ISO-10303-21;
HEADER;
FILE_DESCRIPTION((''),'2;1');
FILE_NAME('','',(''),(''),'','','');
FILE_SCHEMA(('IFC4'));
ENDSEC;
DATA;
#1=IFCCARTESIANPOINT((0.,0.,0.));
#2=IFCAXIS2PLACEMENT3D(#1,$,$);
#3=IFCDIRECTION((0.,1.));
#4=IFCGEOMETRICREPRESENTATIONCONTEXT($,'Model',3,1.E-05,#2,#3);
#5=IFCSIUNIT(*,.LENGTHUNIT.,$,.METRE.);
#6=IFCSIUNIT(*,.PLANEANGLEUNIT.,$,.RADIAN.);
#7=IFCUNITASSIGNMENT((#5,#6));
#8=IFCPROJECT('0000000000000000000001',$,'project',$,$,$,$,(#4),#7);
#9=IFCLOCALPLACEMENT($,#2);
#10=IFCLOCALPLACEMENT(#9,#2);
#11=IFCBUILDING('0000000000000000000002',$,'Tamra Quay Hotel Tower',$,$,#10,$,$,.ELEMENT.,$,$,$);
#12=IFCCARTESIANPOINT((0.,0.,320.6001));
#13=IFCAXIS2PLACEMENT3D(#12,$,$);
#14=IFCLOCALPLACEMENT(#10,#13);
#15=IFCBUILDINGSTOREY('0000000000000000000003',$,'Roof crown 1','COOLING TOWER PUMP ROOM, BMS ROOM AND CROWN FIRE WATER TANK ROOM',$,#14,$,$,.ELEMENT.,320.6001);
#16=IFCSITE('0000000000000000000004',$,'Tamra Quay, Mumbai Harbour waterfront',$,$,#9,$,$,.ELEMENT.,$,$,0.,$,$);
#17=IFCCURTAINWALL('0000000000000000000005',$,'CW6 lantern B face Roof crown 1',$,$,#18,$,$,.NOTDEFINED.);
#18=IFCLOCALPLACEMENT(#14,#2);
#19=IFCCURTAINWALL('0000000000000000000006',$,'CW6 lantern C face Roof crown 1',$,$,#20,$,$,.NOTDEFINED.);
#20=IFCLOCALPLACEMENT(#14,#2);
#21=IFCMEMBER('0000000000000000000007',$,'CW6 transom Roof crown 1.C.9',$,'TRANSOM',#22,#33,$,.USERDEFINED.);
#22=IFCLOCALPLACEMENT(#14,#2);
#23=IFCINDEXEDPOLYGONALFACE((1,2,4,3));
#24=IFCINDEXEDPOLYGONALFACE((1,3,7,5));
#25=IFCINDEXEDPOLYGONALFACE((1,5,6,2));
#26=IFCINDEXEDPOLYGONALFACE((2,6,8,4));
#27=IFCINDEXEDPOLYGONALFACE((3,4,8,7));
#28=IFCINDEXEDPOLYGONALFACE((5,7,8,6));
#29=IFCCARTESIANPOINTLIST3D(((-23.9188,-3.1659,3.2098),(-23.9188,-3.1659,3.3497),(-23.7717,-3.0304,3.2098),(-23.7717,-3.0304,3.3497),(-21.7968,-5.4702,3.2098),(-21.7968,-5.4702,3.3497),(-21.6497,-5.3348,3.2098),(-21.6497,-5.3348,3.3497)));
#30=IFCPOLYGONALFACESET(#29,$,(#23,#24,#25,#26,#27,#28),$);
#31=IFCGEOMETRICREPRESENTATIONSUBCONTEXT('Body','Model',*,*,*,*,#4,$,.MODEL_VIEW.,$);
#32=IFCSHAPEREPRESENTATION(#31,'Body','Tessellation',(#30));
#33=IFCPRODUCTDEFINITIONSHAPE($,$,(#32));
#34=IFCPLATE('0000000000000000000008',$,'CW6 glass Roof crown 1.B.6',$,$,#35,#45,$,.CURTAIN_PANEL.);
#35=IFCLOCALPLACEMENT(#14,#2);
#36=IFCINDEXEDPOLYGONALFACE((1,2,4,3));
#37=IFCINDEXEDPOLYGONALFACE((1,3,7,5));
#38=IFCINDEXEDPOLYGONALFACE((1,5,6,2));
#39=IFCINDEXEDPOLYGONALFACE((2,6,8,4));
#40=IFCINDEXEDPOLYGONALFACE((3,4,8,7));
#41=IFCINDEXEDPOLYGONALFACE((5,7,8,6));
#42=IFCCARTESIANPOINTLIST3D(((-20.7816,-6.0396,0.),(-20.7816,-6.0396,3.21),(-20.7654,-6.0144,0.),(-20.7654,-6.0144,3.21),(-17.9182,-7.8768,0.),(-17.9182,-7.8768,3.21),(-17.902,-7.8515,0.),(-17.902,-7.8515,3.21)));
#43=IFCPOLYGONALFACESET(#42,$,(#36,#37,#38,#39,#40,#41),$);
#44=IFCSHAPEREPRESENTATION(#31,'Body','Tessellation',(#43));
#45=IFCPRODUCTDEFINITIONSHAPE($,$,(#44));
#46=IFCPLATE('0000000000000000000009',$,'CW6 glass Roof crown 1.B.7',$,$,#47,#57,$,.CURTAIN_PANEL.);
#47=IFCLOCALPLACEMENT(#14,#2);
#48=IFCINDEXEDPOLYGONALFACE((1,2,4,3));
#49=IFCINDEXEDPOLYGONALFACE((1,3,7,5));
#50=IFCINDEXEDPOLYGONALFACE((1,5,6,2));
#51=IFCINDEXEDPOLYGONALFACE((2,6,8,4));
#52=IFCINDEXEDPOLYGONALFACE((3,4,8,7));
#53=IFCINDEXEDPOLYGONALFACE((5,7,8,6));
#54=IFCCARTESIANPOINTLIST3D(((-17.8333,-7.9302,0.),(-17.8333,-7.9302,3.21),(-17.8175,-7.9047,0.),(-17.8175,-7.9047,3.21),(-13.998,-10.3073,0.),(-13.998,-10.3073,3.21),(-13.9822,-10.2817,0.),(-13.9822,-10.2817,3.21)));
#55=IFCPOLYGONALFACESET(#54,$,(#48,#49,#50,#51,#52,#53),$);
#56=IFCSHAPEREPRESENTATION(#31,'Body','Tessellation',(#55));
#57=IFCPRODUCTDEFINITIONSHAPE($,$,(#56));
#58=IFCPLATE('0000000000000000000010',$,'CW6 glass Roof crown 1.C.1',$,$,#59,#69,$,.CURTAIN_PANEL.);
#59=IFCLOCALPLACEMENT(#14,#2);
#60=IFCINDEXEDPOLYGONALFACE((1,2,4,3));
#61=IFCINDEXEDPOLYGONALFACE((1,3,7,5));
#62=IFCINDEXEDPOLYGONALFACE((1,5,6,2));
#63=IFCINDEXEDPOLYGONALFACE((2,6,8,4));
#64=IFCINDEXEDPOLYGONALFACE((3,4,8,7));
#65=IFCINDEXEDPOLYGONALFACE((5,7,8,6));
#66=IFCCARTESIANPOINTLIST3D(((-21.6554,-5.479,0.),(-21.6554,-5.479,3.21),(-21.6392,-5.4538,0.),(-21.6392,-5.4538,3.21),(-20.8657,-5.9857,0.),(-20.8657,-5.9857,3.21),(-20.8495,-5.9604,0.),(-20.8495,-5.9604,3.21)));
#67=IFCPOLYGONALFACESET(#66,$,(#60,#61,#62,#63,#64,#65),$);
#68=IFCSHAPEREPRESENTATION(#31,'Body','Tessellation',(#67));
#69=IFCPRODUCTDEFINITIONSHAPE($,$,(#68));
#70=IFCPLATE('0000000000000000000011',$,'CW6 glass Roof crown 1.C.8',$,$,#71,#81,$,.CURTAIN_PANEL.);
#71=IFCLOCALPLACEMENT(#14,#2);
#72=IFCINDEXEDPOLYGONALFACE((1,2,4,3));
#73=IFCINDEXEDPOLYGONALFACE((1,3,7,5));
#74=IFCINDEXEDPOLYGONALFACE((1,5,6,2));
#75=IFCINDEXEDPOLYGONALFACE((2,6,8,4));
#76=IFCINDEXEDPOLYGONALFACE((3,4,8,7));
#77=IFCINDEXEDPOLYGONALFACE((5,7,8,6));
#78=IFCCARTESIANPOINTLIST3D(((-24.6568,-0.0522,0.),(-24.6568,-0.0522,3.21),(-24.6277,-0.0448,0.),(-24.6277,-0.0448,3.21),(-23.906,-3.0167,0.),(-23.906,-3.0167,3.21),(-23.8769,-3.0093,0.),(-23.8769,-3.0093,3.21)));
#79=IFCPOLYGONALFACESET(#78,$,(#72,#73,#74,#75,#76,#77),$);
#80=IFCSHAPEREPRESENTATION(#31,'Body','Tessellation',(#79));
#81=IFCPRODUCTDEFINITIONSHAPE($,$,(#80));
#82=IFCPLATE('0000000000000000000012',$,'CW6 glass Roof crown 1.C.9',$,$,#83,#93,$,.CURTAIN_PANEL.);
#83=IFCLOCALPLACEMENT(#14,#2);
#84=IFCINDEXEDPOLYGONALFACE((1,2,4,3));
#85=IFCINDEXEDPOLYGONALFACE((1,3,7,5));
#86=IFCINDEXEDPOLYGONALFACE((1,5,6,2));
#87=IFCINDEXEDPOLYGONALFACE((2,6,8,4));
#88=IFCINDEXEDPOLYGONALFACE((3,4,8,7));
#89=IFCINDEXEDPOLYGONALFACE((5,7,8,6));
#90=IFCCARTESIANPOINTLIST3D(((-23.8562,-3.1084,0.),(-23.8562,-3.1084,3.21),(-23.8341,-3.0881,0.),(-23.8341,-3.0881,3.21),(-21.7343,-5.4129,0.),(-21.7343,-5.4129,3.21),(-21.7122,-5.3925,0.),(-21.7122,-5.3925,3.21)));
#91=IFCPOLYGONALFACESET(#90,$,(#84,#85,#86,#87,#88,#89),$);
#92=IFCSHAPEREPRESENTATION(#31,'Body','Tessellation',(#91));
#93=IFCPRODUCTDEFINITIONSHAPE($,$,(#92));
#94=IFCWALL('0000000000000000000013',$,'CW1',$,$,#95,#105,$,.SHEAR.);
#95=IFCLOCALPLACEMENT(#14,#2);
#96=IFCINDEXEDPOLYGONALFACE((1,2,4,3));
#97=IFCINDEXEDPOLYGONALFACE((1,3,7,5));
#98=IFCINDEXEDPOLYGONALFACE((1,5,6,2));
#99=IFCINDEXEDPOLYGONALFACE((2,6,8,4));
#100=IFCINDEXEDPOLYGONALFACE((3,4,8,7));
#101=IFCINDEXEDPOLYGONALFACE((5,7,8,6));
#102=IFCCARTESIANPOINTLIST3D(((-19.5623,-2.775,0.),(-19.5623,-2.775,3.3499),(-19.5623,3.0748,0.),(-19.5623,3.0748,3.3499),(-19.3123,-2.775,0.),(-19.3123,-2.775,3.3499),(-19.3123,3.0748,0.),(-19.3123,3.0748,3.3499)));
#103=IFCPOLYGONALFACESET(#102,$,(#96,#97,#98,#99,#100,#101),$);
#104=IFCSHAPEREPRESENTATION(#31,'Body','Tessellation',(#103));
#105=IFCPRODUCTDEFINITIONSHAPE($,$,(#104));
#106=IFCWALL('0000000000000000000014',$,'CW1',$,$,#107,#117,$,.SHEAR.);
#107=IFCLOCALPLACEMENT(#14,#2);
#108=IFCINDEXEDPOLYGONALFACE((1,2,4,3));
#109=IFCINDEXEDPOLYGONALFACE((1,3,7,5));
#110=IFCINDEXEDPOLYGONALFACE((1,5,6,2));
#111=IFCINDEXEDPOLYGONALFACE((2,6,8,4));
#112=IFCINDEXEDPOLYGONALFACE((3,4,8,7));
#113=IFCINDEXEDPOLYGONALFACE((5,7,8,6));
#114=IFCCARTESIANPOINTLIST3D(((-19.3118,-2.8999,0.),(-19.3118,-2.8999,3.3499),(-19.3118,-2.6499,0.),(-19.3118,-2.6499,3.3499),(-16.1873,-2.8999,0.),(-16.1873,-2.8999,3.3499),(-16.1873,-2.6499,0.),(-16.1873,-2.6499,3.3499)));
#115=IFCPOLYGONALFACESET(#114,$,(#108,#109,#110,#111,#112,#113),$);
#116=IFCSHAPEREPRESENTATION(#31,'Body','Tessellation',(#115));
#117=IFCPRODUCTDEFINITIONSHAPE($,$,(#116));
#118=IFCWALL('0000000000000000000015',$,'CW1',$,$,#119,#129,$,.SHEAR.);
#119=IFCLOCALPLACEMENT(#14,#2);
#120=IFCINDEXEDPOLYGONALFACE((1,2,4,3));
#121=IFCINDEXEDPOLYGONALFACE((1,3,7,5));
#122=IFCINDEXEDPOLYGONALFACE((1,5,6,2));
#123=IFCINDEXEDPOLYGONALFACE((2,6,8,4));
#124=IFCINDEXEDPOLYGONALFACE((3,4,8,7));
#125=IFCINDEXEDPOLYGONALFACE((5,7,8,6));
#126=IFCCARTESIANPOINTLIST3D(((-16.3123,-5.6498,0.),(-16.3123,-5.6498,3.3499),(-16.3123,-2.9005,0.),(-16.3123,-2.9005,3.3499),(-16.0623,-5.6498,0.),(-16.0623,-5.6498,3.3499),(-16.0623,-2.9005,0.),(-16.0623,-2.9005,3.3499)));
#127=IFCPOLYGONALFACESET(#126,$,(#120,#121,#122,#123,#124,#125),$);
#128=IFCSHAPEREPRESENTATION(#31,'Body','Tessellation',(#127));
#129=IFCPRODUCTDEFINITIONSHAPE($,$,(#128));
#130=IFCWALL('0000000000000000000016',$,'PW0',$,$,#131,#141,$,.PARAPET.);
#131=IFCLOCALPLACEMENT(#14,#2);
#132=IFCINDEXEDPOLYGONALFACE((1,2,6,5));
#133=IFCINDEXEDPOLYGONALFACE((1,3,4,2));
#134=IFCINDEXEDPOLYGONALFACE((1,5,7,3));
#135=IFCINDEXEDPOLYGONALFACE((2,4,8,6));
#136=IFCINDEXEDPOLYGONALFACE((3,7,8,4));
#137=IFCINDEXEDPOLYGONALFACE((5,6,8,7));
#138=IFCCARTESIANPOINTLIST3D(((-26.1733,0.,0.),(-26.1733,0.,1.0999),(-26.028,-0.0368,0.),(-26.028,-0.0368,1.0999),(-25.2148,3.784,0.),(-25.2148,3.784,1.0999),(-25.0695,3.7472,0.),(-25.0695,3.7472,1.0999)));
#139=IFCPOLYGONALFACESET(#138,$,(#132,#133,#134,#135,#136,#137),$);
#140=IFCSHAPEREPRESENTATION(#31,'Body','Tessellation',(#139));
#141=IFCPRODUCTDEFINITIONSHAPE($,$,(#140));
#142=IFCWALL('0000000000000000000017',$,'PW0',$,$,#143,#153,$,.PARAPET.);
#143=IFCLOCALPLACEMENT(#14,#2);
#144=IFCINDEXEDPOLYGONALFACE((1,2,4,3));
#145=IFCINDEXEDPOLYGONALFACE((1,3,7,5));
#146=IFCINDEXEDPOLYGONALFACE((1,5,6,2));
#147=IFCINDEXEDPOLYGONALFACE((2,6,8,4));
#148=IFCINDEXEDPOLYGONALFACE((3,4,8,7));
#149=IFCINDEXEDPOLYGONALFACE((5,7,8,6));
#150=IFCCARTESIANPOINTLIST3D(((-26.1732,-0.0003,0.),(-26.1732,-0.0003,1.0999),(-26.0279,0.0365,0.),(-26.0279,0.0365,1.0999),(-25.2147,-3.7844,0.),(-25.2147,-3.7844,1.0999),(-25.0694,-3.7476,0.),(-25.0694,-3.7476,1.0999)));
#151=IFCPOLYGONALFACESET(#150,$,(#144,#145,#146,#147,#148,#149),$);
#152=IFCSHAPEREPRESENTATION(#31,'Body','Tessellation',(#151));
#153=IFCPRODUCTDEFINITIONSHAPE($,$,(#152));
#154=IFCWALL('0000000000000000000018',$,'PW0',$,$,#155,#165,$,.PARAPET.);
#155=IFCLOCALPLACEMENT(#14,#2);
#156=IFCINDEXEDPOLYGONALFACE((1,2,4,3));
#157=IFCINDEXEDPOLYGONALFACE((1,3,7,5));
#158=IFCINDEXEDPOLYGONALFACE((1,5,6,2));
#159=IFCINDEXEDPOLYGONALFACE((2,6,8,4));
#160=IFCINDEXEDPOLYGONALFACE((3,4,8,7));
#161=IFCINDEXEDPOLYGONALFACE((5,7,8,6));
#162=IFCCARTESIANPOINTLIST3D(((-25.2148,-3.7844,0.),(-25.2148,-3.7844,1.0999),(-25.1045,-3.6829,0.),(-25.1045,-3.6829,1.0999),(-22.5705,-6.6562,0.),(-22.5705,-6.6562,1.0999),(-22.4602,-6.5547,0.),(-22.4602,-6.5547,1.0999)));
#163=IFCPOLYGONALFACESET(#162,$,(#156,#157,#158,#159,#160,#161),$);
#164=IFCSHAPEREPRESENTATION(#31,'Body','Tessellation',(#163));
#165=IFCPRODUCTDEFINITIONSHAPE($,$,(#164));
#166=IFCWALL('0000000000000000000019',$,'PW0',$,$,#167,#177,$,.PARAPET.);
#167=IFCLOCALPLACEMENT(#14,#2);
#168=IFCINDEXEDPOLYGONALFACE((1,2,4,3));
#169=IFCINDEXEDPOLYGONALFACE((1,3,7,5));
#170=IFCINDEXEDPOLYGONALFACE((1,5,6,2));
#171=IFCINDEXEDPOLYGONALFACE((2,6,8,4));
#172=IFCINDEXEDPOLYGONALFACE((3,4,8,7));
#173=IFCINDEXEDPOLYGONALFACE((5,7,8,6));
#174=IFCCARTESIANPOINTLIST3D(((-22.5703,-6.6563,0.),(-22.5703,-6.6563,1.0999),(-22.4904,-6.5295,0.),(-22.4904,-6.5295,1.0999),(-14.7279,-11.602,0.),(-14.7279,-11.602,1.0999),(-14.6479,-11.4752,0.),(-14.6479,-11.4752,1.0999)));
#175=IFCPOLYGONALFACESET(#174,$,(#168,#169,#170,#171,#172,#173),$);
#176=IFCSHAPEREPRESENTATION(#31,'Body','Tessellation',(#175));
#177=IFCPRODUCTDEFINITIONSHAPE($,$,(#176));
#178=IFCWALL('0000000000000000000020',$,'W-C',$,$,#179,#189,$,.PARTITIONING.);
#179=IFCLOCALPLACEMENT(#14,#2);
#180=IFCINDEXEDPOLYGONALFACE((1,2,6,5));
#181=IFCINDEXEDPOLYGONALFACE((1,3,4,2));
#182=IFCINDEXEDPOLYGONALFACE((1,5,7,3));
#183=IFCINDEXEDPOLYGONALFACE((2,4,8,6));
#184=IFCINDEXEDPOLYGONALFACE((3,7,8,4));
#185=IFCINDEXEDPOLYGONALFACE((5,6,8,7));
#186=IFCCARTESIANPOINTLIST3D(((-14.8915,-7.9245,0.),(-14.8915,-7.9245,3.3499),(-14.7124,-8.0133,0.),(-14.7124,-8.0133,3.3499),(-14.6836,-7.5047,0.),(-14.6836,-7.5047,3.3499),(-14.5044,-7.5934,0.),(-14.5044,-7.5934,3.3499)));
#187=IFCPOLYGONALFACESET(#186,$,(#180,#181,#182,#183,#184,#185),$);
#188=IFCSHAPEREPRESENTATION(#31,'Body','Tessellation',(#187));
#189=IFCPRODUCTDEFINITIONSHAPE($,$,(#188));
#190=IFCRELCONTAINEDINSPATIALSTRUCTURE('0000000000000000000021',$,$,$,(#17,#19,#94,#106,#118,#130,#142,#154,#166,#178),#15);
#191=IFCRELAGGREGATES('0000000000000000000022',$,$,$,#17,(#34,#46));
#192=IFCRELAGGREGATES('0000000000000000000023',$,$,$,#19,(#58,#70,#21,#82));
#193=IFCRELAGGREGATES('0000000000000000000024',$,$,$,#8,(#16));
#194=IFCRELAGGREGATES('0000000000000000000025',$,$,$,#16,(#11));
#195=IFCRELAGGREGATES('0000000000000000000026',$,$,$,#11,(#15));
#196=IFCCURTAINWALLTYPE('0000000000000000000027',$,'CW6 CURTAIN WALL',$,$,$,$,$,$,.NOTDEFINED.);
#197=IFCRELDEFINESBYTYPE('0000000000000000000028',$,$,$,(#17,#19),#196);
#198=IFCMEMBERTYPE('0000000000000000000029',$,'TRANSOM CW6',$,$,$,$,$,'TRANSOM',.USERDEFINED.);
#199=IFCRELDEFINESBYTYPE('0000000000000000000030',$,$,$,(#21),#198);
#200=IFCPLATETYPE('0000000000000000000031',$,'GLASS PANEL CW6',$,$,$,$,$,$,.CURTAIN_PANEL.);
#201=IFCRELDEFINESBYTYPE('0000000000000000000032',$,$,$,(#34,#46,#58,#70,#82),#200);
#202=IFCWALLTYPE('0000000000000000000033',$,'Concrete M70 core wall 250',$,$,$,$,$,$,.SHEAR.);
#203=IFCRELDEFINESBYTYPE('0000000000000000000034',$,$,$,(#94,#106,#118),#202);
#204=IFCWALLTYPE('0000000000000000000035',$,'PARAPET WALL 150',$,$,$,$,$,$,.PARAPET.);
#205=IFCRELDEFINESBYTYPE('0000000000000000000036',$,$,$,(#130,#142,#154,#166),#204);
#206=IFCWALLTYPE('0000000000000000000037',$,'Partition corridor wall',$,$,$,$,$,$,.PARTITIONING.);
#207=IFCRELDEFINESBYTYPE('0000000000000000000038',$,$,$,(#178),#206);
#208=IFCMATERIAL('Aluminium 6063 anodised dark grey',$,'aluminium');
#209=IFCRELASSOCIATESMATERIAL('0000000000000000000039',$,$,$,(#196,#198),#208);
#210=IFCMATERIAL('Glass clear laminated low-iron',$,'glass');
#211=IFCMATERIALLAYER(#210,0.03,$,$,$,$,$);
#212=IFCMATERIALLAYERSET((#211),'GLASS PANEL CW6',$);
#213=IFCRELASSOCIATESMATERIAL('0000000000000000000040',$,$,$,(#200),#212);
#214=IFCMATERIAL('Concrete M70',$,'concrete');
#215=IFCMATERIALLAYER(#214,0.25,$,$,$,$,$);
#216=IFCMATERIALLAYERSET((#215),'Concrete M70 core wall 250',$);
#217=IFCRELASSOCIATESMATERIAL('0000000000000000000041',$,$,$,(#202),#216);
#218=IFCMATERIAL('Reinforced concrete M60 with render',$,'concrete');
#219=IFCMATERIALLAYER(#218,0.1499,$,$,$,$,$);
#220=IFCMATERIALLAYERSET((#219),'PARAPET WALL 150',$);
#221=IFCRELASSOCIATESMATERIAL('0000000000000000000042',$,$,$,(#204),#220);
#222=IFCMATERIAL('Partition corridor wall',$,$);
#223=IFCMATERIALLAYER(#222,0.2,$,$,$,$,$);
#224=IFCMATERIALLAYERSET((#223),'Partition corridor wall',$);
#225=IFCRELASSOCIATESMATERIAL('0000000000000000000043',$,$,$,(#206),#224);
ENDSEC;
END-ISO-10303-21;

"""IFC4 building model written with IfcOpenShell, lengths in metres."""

from ifc_helpers import new_model, si_unit, direction, frame, frame_2d, origin, origin_2d, place, context, subcontext, project, spatial, rectangle, extrude, material, layer, layer_set, material_profile, profile_set, type_object, element, aggregate, save


model = new_model("IFC4")

# Units and contexts
model_context = context("Model", 3, precision=1e-05, world=origin(), true_north=direction((0.0, 1.0)))
body_context = subcontext(model_context, "Body", "Model", "MODEL_VIEW")
ifc_project = project(units=[si_unit("LENGTHUNIT", "METRE"), si_unit("PLANEANGLEUNIT", "RADIAN")], contexts=[model_context])

# Site, building, storey
site_placement = place(None, origin())
site = spatial("IfcSite", under=ifc_project, at=site_placement, Name="Tamra Quay, Mumbai Harbour waterfront", CompositionType="ELEMENT", RefElevation=0.0)
building_placement = place(site_placement, origin())
building = spatial("IfcBuilding", under=site, at=building_placement, Name="Tamra Quay Hotel Tower", CompositionType="ELEMENT")
storey_placement = place(building_placement, frame((0.0, 0.0, 320.6001)))
storey = spatial("IfcBuildingStorey", under=building, at=storey_placement, Name="Roof crown 1", Description="COOLING TOWER PUMP ROOM, BMS ROOM AND CROWN FIRE WATER TANK ROOM", CompositionType="ELEMENT", Elevation=320.6001)

# Curtain walls
ifc_material_1 = material(Name="Aluminium 6063 anodised dark grey", Category="aluminium")
curtain_wall_type = type_object("IfcCurtainWallType", Name="CW6 CURTAIN WALL", PredefinedType="NOTDEFINED", material=ifc_material_1)
curtain_wall_1_placement = place(storey_placement, origin())
curtain_wall_1 = element("IfcCurtainWall", 1, at=curtain_wall_1_placement, inside=storey, type_object=curtain_wall_type, Name="CW6 lantern B face Roof crown 1", PredefinedType="NOTDEFINED")
curtain_wall_2_placement = place(storey_placement, origin())
curtain_wall_2 = element("IfcCurtainWall", 2, at=curtain_wall_2_placement, inside=storey, type_object=curtain_wall_type, Name="CW6 lantern C face Roof crown 1", PredefinedType="NOTDEFINED")

# Member
ifc_material_profile_1 = material_profile(ifc_material_1, rectangle(XDim=0.2, YDim=0.1399, at=origin_2d()), Name="TRANSOM 200X140")
ifc_profile_set_1 = profile_set([ifc_material_profile_1], Name="Aluminium 6063 anodised dark grey")
member_type_1 = type_object("IfcMemberType", Name="TRANSOM CW6", ElementType="TRANSOM", PredefinedType="USERDEFINED", material=ifc_profile_set_1)
member_1_placement = place(storey_placement, frame((-23.8452, -3.0981, 3.2798), z_axis=(0.677399, -0.735616, 0.0), x_axis=(0.735616, 0.677399, 0.0)))
member_1 = element("IfcMember", 3, at=member_1_placement, type_object=member_type_1, Name="CW6 transom Roof crown 1.C.9", ObjectType="TRANSOM", PredefinedType="USERDEFINED", context=body_context, shape_type="SweptSolid", body=[
    extrude(rectangle(XDim=0.2, YDim=0.1399, at=origin_2d()), origin(), (0.0, 0.0, 1.0), 3.1326),
])

# Plates
ifc_material_2 = material(Name="Glass clear laminated low-iron", Category="glass")
ifc_layer_1 = layer(ifc_material_2, 0.03)
ifc_layer_set_1 = layer_set([ifc_layer_1], Name="GLASS PANEL CW6")
plate_type = type_object("IfcPlateType", Name="GLASS PANEL CW6", PredefinedType="CURTAIN_PANEL", material=ifc_layer_set_1)
plate_1_placement = place(storey_placement, frame((-19.3418, -6.9456, 0.0), z_axis=(0.0, 0.0, 1.0), x_axis=(0.841665, -0.54, 0.0)))
plate_1 = element("IfcPlate", 4, at=plate_1_placement, type_object=plate_type, Name="CW6 glass Roof crown 1.B.6", PredefinedType="CURTAIN_PANEL", context=body_context, shape_type="SweptSolid", body=[
    extrude(rectangle(XDim=3.4021, YDim=0.03, at=origin_2d()), origin(), (0.0, 0.0, 1.0), 3.21),
])
plate_2_placement = place(storey_placement, frame((-15.9077, -9.106, 0.0), z_axis=(0.0, 0.0, 1.0), x_axis=(0.849982, -0.526812, 0.0)))
plate_2 = element("IfcPlate", 5, at=plate_2_placement, type_object=plate_type, Name="CW6 glass Roof crown 1.B.7", PredefinedType="CURTAIN_PANEL", context=body_context, shape_type="SweptSolid", body=[
    extrude(rectangle(XDim=4.5122, YDim=0.03, at=origin_2d()), origin(), (0.0, 0.0, 1.0), 3.21),
])
aggregate(curtain_wall_1, [plate_1, plate_2])
plate_3_placement = place(storey_placement, frame((-21.2524, -5.7197, 0.0), z_axis=(0.0, 0.0, 1.0), x_axis=(0.841665, -0.54, 0.0)))
plate_3 = element("IfcPlate", 6, at=plate_3_placement, type_object=plate_type, Name="CW6 glass Roof crown 1.C.1", PredefinedType="CURTAIN_PANEL", context=body_context, shape_type="SweptSolid", body=[
    extrude(rectangle(XDim=0.9382, YDim=0.03, at=origin_2d()), origin(), (0.0, 0.0, 1.0), 3.21),
])
plate_4_placement = place(storey_placement, frame((-24.2668, -1.5308, 0.0), z_axis=(0.0, 0.0, 1.0), x_axis=(0.245527, -0.96939, 0.0)))
plate_4 = element("IfcPlate", 7, at=plate_4_placement, type_object=plate_type, Name="CW6 glass Roof crown 1.C.8", PredefinedType="CURTAIN_PANEL", context=body_context, shape_type="SweptSolid", body=[
    extrude(rectangle(XDim=3.0581, YDim=0.03, at=origin_2d()), origin(), (0.0, 0.0, 1.0), 3.21),
])
plate_5_placement = place(storey_placement, frame((-22.7842, -4.2505, 0.0), z_axis=(0.0, 0.0, 1.0), x_axis=(0.677376, -0.735637, 0.0)))
plate_5 = element("IfcPlate", 8, at=plate_5_placement, type_object=plate_type, Name="CW6 glass Roof crown 1.C.9", PredefinedType="CURTAIN_PANEL", context=body_context, shape_type="SweptSolid", body=[
    extrude(rectangle(XDim=3.1326, YDim=0.03, at=origin_2d()), origin(), (0.0, 0.0, 1.0), 3.21),
])
aggregate(curtain_wall_2, [plate_3, plate_4, member_1, plate_5])

# Walls
ifc_material_3 = material(Name="Concrete M70", Category="concrete")
ifc_layer_2 = layer(ifc_material_3, 0.25)
ifc_layer_set_2 = layer_set([ifc_layer_2], Name="Concrete M70 core wall 250")
wall_type_1 = type_object("IfcWallType", Name="Concrete M70 core wall 250", PredefinedType="SHEAR", material=ifc_layer_set_2)
wall_1_placement = place(storey_placement, frame((-19.4373, -2.7749, 0.0), z_axis=(0.0, 0.0, 1.0), x_axis=(0.0, 1.0, 0.0)))
element("IfcWall", 9, at=wall_1_placement, inside=storey, type_object=wall_type_1, Name="CW1", PredefinedType="SHEAR", context=body_context, shape_type="SweptSolid", body=[
    extrude(rectangle(XDim=5.8499, YDim=0.25, at=frame_2d((2.9248, 0.0))), origin(), (0.0, 0.0, 1.0), 3.3499),
])
wall_2_placement = place(storey_placement, frame((-16.1873, -2.7749, 0.0), z_axis=(0.0, 0.0, 1.0), x_axis=(-1.0, 0.0, 0.0)))
element("IfcWall", 10, at=wall_2_placement, inside=storey, type_object=wall_type_1, Name="CW1", PredefinedType="SHEAR", context=body_context, shape_type="SweptSolid", body=[
    extrude(rectangle(XDim=3.1245, YDim=0.25, at=frame_2d((1.5623, 0.0))), origin(), (0.0, 0.0, 1.0), 3.3499),
])
wall_3_placement = place(storey_placement, frame((-16.1873, -5.6497, 0.0), z_axis=(0.0, 0.0, 1.0), x_axis=(0.0, 1.0, 0.0)))
element("IfcWall", 11, at=wall_3_placement, inside=storey, type_object=wall_type_1, Name="CW1", PredefinedType="SHEAR", context=body_context, shape_type="SweptSolid", body=[
    extrude(rectangle(XDim=2.7493, YDim=0.25, at=frame_2d((1.3745, 0.0))), origin(), (0.0, 0.0, 1.0), 3.3499),
])
ifc_material_4 = material(Name="Reinforced concrete M60 with render", Category="concrete")
ifc_layer_3 = layer(ifc_material_4, 0.1499)
ifc_layer_set_3 = layer_set([ifc_layer_3], Name="PARAPET WALL 150")
wall_type_2 = type_object("IfcWallType", Name="PARAPET WALL 150", PredefinedType="PARAPET", material=ifc_layer_set_3)
for number, where, z_axis, x_axis, name in (
    (12, (-26.1006, -0.0183, 0.0), (0.0, 0.0, 1.0), (0.245536, 0.969387, 0.0), "PW0"),
    (13, (-25.1421, -3.7659, 0.0), (0.0, 0.0, 1.0), (-0.245536, 0.969387, 0.0), "PW0"),
):
    element("IfcWall", number, at=place(storey_placement, frame(where, z_axis=z_axis, x_axis=x_axis)), inside=storey, type_object=wall_type_2, Name=name, PredefinedType="PARAPET", context=body_context, shape_type="SweptSolid", body=[
        extrude(rectangle(XDim=3.9036, YDim=0.1499, at=frame_2d((1.9517, 0.0))), origin(), (0.0, 0.0, 1.0), 1.0999),
    ])
wall_4_placement = place(storey_placement, frame((-22.5154, -6.6055, 0.0), z_axis=(0.0, 0.0, 1.0), x_axis=(-0.677363, 0.735649, 0.0)))
element("IfcWall", 14, at=wall_4_placement, inside=storey, type_object=wall_type_2, Name="PW0", PredefinedType="PARAPET", context=body_context, shape_type="SweptSolid", body=[
    extrude(rectangle(XDim=3.9038, YDim=0.1499, at=frame_2d((1.9519, 0.0))), origin(), (0.0, 0.0, 1.0), 1.0999),
])
wall_5_placement = place(storey_placement, frame((-14.688, -11.5386, 0.0), z_axis=(0.0, 0.0, 1.0), x_axis=(-0.845848, 0.533424, 0.0)))
element("IfcWall", 15, at=wall_5_placement, inside=storey, type_object=wall_type_2, Name="PW0", PredefinedType="PARAPET", context=body_context, shape_type="SweptSolid", body=[
    extrude(rectangle(XDim=9.2717, YDim=0.1499, at=frame_2d((4.6357, 0.0))), origin(), (0.0, 0.0, 1.0), 1.0999),
])
ifc_material_5 = material(Name="Partition corridor wall")
ifc_layer_4 = layer(ifc_material_5, 0.2)
ifc_layer_set_4 = layer_set([ifc_layer_4], Name="Partition corridor wall")
wall_type_3 = type_object("IfcWallType", Name="Partition corridor wall", PredefinedType="PARTITIONING", material=ifc_layer_set_4)
wall_6_placement = place(storey_placement, frame((-14.802, -7.969, 0.0), z_axis=(0.0, 0.0, 1.0), x_axis=(0.443876, 0.896088, 0.0)))
element("IfcWall", 16, at=wall_6_placement, inside=storey, type_object=wall_type_3, Name="W-C", PredefinedType="PARTITIONING", context=body_context, shape_type="SweptSolid", body=[
    extrude(rectangle(XDim=0.4685, YDim=0.2, at=frame_2d((0.2344, 0.0))), origin(), (0.0, 0.0, 1.0), 3.3499),
])

save(model, "model.ifc")
